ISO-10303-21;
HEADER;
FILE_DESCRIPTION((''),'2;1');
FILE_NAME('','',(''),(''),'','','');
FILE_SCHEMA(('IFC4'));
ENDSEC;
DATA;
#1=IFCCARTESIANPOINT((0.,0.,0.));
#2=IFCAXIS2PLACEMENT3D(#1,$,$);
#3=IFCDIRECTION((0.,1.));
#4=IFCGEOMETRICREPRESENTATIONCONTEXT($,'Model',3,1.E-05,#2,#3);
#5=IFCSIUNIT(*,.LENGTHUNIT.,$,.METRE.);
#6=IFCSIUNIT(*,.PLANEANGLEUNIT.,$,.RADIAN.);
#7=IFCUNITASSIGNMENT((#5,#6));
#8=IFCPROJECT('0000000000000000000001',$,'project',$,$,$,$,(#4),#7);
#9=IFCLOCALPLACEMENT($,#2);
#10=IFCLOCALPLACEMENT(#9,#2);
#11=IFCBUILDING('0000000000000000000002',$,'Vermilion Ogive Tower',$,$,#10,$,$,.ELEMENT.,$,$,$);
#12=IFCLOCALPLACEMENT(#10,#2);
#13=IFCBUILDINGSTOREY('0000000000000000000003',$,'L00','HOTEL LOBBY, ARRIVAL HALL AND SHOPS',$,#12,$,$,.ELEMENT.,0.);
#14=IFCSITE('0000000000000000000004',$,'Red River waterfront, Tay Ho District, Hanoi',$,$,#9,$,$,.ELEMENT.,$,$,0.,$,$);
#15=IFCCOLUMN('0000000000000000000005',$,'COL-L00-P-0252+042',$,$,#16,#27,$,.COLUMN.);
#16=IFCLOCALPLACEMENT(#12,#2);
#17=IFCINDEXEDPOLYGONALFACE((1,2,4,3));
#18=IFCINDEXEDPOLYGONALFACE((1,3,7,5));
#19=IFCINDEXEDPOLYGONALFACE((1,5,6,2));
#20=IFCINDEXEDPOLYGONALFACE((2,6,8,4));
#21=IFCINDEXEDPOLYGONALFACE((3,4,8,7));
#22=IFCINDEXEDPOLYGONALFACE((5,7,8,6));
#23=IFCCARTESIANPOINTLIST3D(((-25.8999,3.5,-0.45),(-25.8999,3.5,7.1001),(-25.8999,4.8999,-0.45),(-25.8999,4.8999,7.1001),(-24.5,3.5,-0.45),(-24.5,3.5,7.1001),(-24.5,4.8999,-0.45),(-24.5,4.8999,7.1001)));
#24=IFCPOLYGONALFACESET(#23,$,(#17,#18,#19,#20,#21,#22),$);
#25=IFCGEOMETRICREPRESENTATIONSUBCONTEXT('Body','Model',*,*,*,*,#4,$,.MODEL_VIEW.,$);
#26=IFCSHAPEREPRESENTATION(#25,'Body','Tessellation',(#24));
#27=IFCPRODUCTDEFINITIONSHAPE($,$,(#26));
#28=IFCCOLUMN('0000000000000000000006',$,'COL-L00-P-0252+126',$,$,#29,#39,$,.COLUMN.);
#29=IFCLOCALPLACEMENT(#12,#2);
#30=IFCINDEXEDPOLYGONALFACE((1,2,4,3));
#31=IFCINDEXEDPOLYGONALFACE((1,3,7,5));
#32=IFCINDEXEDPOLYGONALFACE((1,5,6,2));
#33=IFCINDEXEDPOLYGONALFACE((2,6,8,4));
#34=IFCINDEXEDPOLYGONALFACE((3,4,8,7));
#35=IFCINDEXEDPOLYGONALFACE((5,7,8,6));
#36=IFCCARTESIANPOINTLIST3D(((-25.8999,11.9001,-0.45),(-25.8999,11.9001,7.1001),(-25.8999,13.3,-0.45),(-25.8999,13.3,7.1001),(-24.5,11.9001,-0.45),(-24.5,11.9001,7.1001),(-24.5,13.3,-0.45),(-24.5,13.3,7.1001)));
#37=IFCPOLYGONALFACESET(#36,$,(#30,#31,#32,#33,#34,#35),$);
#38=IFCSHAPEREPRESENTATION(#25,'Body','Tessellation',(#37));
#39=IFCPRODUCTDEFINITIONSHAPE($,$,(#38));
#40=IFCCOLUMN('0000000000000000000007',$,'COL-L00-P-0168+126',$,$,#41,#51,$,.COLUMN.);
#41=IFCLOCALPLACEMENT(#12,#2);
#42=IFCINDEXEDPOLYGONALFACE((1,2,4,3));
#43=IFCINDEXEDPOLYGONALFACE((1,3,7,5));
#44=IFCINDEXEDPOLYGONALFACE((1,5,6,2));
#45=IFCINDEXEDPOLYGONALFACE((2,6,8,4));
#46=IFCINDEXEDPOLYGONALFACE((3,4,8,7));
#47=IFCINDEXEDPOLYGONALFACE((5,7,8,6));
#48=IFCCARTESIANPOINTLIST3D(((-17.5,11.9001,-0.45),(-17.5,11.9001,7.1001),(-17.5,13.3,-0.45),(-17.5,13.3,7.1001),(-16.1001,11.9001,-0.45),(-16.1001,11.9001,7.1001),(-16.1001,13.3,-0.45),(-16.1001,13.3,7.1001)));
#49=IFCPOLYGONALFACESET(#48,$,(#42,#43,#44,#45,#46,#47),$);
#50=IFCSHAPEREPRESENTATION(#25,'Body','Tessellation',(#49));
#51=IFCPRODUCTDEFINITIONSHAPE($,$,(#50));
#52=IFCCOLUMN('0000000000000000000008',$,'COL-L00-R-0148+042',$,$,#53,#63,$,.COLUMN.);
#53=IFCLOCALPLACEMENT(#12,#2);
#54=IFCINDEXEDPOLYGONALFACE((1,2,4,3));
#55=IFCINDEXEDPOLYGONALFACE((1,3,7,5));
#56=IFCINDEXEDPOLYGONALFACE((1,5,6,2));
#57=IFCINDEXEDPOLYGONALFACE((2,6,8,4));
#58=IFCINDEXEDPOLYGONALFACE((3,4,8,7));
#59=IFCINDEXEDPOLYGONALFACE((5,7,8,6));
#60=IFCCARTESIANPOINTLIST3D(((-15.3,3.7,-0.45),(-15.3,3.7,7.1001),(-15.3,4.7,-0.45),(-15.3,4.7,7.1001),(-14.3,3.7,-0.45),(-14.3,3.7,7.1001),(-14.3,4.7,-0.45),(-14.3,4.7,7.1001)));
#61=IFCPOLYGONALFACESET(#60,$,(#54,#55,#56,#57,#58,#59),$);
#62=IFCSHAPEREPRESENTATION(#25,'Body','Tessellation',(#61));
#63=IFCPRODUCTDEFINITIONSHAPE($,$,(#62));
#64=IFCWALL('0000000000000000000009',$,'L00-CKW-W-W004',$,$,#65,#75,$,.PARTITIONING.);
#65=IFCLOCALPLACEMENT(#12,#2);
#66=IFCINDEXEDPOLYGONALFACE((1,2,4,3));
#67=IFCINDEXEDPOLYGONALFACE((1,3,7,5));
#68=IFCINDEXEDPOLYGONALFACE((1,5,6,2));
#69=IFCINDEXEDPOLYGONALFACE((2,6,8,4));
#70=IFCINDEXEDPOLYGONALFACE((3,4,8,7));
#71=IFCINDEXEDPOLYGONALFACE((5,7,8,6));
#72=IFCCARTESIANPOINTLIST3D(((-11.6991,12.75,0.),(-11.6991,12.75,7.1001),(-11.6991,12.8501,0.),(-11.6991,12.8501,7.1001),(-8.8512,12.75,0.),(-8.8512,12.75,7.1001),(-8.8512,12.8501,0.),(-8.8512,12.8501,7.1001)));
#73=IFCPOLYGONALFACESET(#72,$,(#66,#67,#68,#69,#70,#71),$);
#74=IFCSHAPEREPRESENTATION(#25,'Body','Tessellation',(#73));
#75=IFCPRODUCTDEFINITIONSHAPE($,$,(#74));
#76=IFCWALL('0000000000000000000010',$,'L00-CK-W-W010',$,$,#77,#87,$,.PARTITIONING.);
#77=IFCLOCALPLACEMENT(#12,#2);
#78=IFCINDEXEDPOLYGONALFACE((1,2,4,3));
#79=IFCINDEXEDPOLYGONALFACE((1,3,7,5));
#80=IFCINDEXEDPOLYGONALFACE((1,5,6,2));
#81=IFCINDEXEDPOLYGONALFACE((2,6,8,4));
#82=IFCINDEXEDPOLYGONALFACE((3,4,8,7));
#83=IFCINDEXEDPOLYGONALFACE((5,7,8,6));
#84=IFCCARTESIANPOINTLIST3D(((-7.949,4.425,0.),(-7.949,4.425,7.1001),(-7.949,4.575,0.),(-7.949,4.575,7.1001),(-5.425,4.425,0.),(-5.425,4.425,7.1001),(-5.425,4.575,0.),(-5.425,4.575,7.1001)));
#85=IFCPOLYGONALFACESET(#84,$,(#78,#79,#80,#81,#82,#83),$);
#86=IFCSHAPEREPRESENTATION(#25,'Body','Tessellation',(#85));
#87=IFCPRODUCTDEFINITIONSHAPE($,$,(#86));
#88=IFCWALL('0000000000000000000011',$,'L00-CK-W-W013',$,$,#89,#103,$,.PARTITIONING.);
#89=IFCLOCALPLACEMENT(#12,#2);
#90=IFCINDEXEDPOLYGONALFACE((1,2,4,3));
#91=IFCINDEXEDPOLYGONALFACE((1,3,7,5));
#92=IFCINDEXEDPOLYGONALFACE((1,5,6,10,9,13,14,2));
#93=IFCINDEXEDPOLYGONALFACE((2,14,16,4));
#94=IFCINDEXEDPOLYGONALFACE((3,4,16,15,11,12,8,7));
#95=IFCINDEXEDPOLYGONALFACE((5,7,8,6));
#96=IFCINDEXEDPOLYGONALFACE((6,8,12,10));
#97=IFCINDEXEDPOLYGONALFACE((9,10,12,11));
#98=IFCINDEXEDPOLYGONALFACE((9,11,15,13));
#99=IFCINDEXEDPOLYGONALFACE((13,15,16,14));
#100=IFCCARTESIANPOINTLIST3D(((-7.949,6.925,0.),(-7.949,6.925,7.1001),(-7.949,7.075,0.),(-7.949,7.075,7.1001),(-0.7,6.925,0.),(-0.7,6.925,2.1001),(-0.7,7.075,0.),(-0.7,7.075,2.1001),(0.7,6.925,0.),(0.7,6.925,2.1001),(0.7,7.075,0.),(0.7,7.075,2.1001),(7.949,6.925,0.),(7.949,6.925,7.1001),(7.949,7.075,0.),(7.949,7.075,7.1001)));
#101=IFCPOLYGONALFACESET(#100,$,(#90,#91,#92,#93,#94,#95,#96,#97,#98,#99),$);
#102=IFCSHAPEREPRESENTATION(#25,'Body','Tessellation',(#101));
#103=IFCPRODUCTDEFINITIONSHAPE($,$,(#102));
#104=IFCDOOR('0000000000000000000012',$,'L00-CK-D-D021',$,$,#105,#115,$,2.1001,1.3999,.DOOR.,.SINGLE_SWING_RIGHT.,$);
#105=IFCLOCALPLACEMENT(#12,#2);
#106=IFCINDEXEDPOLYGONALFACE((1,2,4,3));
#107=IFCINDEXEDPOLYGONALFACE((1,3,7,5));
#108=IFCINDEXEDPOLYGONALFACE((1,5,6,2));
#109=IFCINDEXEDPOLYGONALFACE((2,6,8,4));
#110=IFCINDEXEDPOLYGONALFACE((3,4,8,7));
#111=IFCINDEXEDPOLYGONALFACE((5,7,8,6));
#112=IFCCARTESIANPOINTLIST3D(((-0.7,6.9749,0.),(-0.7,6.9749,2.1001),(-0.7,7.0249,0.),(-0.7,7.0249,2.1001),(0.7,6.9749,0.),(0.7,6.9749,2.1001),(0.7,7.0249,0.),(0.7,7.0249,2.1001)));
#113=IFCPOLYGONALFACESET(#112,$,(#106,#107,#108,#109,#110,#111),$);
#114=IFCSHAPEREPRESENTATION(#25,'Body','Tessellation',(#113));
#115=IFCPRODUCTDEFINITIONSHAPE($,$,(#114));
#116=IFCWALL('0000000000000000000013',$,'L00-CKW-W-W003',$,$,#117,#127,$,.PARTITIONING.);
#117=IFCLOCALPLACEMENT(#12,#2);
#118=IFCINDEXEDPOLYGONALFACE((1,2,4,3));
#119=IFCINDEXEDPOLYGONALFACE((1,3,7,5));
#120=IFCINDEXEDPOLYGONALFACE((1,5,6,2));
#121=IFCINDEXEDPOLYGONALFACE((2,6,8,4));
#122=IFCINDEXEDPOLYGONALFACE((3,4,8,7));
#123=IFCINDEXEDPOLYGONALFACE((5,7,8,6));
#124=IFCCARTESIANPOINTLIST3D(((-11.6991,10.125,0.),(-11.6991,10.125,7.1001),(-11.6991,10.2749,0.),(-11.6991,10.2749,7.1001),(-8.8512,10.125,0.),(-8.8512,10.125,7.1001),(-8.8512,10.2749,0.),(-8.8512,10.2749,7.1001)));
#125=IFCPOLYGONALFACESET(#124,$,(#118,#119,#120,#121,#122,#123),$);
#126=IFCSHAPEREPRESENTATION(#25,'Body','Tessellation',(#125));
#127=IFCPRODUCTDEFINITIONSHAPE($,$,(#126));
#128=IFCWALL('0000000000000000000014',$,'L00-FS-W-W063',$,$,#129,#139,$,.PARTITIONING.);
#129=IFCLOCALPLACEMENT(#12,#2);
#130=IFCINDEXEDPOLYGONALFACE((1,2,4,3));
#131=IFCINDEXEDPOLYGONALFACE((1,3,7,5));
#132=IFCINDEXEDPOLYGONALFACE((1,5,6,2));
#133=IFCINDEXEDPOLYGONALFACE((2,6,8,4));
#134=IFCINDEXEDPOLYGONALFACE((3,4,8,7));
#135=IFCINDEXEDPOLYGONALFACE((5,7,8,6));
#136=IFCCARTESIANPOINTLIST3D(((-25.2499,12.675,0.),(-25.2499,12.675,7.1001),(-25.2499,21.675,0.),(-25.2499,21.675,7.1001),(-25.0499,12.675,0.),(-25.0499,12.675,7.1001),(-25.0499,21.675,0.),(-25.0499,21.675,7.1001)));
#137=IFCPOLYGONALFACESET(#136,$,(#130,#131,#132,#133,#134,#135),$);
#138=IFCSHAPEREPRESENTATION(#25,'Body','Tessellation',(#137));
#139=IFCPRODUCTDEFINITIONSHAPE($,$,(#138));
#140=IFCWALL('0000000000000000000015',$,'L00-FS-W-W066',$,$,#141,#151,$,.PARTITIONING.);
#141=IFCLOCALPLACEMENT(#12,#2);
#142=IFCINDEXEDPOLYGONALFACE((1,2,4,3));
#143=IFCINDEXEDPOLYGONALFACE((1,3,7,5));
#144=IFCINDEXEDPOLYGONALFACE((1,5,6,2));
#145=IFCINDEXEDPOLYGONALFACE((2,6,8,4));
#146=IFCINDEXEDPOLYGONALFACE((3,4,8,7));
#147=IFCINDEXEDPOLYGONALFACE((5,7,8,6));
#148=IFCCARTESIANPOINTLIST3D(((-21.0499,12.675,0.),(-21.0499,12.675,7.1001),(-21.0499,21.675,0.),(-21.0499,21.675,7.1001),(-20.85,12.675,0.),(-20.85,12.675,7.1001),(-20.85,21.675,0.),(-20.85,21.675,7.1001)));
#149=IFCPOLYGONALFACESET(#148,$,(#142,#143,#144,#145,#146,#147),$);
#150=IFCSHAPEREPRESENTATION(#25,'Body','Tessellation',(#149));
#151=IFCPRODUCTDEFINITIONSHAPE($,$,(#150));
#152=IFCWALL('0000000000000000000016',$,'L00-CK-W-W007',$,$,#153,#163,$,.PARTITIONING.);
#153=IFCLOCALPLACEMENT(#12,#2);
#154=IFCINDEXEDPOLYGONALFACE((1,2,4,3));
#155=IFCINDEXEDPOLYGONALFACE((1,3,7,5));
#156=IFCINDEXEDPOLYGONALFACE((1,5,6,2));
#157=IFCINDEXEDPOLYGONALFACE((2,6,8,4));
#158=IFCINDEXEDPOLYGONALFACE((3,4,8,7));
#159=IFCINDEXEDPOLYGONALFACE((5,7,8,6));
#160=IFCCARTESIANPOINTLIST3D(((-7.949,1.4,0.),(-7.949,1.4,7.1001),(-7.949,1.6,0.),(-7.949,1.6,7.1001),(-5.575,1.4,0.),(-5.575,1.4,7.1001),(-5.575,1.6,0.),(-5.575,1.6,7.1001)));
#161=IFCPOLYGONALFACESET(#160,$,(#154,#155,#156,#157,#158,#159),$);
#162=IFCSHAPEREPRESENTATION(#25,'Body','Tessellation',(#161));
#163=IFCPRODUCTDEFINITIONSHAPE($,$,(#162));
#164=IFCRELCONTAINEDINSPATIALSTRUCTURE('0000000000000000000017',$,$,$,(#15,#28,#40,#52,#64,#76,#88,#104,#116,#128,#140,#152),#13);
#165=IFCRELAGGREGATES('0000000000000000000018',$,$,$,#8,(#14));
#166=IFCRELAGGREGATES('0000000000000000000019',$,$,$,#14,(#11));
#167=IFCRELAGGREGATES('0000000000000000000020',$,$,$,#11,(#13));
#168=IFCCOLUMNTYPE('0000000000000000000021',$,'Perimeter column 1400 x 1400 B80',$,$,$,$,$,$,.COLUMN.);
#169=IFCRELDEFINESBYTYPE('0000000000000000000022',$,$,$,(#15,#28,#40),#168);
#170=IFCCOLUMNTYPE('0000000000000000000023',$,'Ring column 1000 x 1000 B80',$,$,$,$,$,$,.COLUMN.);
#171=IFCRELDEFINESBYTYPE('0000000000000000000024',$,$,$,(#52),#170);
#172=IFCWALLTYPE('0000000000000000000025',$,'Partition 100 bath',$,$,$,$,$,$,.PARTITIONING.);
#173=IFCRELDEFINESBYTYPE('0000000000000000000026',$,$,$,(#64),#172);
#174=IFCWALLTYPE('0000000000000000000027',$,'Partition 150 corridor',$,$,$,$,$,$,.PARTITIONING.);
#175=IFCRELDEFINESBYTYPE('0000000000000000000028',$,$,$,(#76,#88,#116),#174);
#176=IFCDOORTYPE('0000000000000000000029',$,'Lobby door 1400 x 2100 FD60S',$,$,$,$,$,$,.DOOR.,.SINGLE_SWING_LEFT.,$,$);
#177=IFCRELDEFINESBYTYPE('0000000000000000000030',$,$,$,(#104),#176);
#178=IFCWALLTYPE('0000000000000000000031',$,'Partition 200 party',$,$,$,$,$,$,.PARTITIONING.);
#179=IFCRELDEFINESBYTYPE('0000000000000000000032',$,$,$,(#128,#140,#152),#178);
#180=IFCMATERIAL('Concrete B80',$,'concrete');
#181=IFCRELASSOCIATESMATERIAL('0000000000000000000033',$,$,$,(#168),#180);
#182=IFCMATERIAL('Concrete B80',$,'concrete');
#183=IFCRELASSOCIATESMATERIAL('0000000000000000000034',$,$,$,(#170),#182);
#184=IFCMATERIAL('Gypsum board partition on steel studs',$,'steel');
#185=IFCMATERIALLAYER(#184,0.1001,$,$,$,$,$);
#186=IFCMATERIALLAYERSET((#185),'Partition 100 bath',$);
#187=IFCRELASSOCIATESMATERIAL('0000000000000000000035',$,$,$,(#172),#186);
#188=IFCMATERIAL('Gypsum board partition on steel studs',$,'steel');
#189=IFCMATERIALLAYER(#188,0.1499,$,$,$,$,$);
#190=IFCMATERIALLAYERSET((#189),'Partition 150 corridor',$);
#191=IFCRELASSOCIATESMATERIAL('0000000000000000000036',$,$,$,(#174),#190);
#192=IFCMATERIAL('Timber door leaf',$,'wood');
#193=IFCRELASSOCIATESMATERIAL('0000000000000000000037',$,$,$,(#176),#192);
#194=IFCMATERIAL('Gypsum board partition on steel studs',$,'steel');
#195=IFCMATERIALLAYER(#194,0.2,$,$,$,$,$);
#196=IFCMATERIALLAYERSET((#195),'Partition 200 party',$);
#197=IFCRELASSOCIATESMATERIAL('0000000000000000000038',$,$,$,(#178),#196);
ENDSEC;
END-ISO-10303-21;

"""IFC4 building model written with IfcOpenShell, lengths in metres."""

from ifc_helpers import new_model, si_unit, direction, frame, frame_2d, origin, origin_2d, place, context, subcontext, project, spatial, rectangle, extrude, material, layer, layer_set, material_profile, profile_set, type_object, element, fill, save


model = new_model("IFC4")

# Units and contexts
model_context = context("Model", 3, precision=1e-05, world=origin(), true_north=direction((0.0, 1.0)))
body_context = subcontext(model_context, "Body", "Model", "MODEL_VIEW")
ifc_project = project(units=[si_unit("LENGTHUNIT", "METRE"), si_unit("PLANEANGLEUNIT", "RADIAN")], contexts=[model_context])

# Site, building, storey
site_placement = place(None, origin())
site = spatial("IfcSite", under=ifc_project, at=site_placement, Name="Red River waterfront, Tay Ho District, Hanoi", CompositionType="ELEMENT", RefElevation=0.0)
building_placement = place(site_placement, origin())
building = spatial("IfcBuilding", under=site, at=building_placement, Name="Vermilion Ogive Tower", CompositionType="ELEMENT")
storey_placement = place(building_placement, origin())
storey = spatial("IfcBuildingStorey", under=building, at=storey_placement, Name="L00", Description="HOTEL LOBBY, ARRIVAL HALL AND SHOPS", CompositionType="ELEMENT", Elevation=0.0)

# Columns
ifc_material_1 = material(Name="Concrete B80", Category="concrete")
ifc_material_profile_1 = material_profile(ifc_material_1, rectangle(XDim=1.3999, YDim=1.3999, at=origin_2d()), Name="1400 x 1400")
ifc_profile_set_1 = profile_set([ifc_material_profile_1], Name="Concrete B80")
column_type_1 = type_object("IfcColumnType", Name="Perimeter column 1400 x 1400 B80", PredefinedType="COLUMN", material=ifc_profile_set_1)
for number, where, z_axis, x_axis, name in (
    (1, (-25.2, 4.2, -0.45), (0.0, 0.0, 1.0), (1.0, 0.0, 0.0), "COL-L00-P-0252+042"),
    (2, (-25.2, 12.6001, -0.45), (0.0, 0.0, 1.0), (1.0, 0.0, 0.0), "COL-L00-P-0252+126"),
    (3, (-16.8, 12.6001, -0.45), (0.0, 0.0, 1.0), (1.0, 0.0, 0.0), "COL-L00-P-0168+126"),
):
    element("IfcColumn", number, at=place(storey_placement, frame(where, z_axis=z_axis, x_axis=x_axis)), inside=storey, type_object=column_type_1, Name=name, PredefinedType="COLUMN", context=body_context, shape_type="SweptSolid", body=[
        extrude(rectangle(XDim=1.3999, YDim=1.3999, at=origin_2d()), origin(), (0.0, 0.0, 1.0), 7.55),
    ])
ifc_material_2 = material(Name="Concrete B80", Category="concrete")
ifc_material_profile_2 = material_profile(ifc_material_2, rectangle(XDim=1.0, YDim=1.0, at=origin_2d()), Name="1000 x 1000")
ifc_profile_set_2 = profile_set([ifc_material_profile_2], Name="Concrete B80")
column_type_2 = type_object("IfcColumnType", Name="Ring column 1000 x 1000 B80", PredefinedType="COLUMN", material=ifc_profile_set_2)
column_placement = place(storey_placement, frame((-14.8, 4.2, -0.45), z_axis=(0.0, 0.0, 1.0), x_axis=(1.0, 0.0, 0.0)))
element("IfcColumn", 4, at=column_placement, inside=storey, type_object=column_type_2, Name="COL-L00-R-0148+042", PredefinedType="COLUMN", context=body_context, shape_type="SweptSolid", body=[
    extrude(rectangle(XDim=1.0, YDim=1.0, at=origin_2d()), origin(), (0.0, 0.0, 1.0), 7.55),
])

# Walls
ifc_material_3 = material(Name="Gypsum board partition on steel studs", Category="steel")
ifc_layer_1 = layer(ifc_material_3, 0.1001)
ifc_layer_set_1 = layer_set([ifc_layer_1], Name="Partition 100 bath")
wall_type_1 = type_object("IfcWallType", Name="Partition 100 bath", PredefinedType="PARTITIONING", material=ifc_layer_set_1)
wall_1_placement = place(storey_placement, frame((-11.699, 12.8, 0.0), z_axis=(0.0, 0.0, 1.0), x_axis=(1.0, 0.0, 0.0)))
element("IfcWall", 5, at=wall_1_placement, inside=storey, type_object=wall_type_1, Name="L00-CKW-W-W004", PredefinedType="PARTITIONING", context=body_context, shape_type="SweptSolid", body=[
    extrude(rectangle(XDim=2.8479, YDim=0.1001, at=frame_2d((1.4238, 0.0))), origin(), (0.0, 0.0, 1.0), 7.1001),
])
ifc_material_4 = material(Name="Gypsum board partition on steel studs", Category="steel")
ifc_layer_2 = layer(ifc_material_4, 0.1499)
ifc_layer_set_2 = layer_set([ifc_layer_2], Name="Partition 150 corridor")
wall_type_2 = type_object("IfcWallType", Name="Partition 150 corridor", PredefinedType="PARTITIONING", material=ifc_layer_set_2)
wall_2_placement = place(storey_placement, frame((-7.949, 4.5, 0.0), z_axis=(0.0, 0.0, 1.0), x_axis=(1.0, 0.0, 0.0)))
element("IfcWall", 6, at=wall_2_placement, inside=storey, type_object=wall_type_2, Name="L00-CK-W-W010", PredefinedType="PARTITIONING", context=body_context, shape_type="SweptSolid", body=[
    extrude(rectangle(XDim=2.5239, YDim=0.1499, at=frame_2d((1.262, 0.0))), origin(), (0.0, 0.0, 1.0), 7.1001),
])

# Wall, opening, door
wall_3_placement = place(storey_placement, frame((-7.949, 7.0, 0.0), z_axis=(0.0, 0.0, 1.0), x_axis=(1.0, 0.0, 0.0)))
wall_3 = element("IfcWall", 7, at=wall_3_placement, inside=storey, type_object=wall_type_2, Name="L00-CK-W-W013", PredefinedType="PARTITIONING", context=body_context, shape_type="SweptSolid", body=[
    extrude(rectangle(XDim=15.8979, YDim=0.1499, at=frame_2d((7.949, 0.0))), origin(), (0.0, 0.0, 1.0), 7.1001),
])
opening_1_placement = place(wall_3_placement, frame((7.249, 0.0, 0.0)))
opening_1 = element("IfcOpeningElement", 8, at=opening_1_placement, cuts=wall_3, PredefinedType="OPENING", context=body_context, shape_type="SweptSolid", body=[
    extrude(rectangle(XDim=1.3999, YDim=2.1001, at=frame_2d((0.7, 1.05))), frame((0.0, 0.085, 0.0), z_axis=(0.0, -1.0, 0.0), x_axis=(1.0, 0.0, 0.0)), (0.0, 0.0, 1.0), 0.1699),
])
ifc_material_5 = material(Name="Timber door leaf", Category="wood")
door_type_1 = type_object("IfcDoorType", Name="Lobby door 1400 x 2100 FD60S", OperationType="SINGLE_SWING_LEFT", PredefinedType="DOOR", material=ifc_material_5)
door_1_placement = place(opening_1_placement, origin())
door_1 = element("IfcDoor", 9, at=door_1_placement, inside=storey, type_object=door_type_1, Name="L00-CK-D-D021", OperationType="SINGLE_SWING_RIGHT", OverallHeight=2.1001, OverallWidth=1.3999, PredefinedType="DOOR", context=body_context, shape_type="SweptSolid", body=[
    extrude(rectangle(XDim=1.3999, YDim=2.1001, at=frame_2d((0.7, 1.05))), frame((0.0, 0.0249, 0.0), z_axis=(0.0, -1.0, 0.0), x_axis=(1.0, 0.0, 0.0)), (0.0, 0.0, 1.0), 0.05),
])
fill(opening_1, door_1)

# Walls
wall_4_placement = place(storey_placement, frame((-11.699, 10.2, 0.0), z_axis=(0.0, 0.0, 1.0), x_axis=(1.0, 0.0, 0.0)))
element("IfcWall", 10, at=wall_4_placement, inside=storey, type_object=wall_type_2, Name="L00-CKW-W-W003", PredefinedType="PARTITIONING", context=body_context, shape_type="SweptSolid", body=[
    extrude(rectangle(XDim=2.8479, YDim=0.1499, at=frame_2d((1.4238, 0.0))), origin(), (0.0, 0.0, 1.0), 7.1001),
])
ifc_material_6 = material(Name="Gypsum board partition on steel studs", Category="steel")
ifc_layer_3 = layer(ifc_material_6, 0.2)
ifc_layer_set_3 = layer_set([ifc_layer_3], Name="Partition 200 party")
wall_type_3 = type_object("IfcWallType", Name="Partition 200 party", PredefinedType="PARTITIONING", material=ifc_layer_set_3)
for number, where, z_axis, x_axis, name in (
    (11, (-25.1499, 12.675, 0.0), (0.0, 0.0, 1.0), (0.0, 1.0, 0.0), "L00-FS-W-W063"),
    (12, (-20.95, 12.675, 0.0), (0.0, 0.0, 1.0), (0.0, 1.0, 0.0), "L00-FS-W-W066"),
):
    element("IfcWall", number, at=place(storey_placement, frame(where, z_axis=z_axis, x_axis=x_axis)), inside=storey, type_object=wall_type_3, Name=name, PredefinedType="PARTITIONING", context=body_context, shape_type="SweptSolid", body=[
        extrude(rectangle(XDim=9.0, YDim=0.2, at=frame_2d((4.5, 0.0))), origin(), (0.0, 0.0, 1.0), 7.1001),
    ])
wall_5_placement = place(storey_placement, frame((-7.949, 1.5, 0.0), z_axis=(0.0, 0.0, 1.0), x_axis=(1.0, 0.0, 0.0)))
element("IfcWall", 13, at=wall_5_placement, inside=storey, type_object=wall_type_3, Name="L00-CK-W-W007", PredefinedType="PARTITIONING", context=body_context, shape_type="SweptSolid", body=[
    extrude(rectangle(XDim=2.374, YDim=0.2, at=frame_2d((1.187, 0.0))), origin(), (0.0, 0.0, 1.0), 7.1001),
])

save(model, "model.ifc")
